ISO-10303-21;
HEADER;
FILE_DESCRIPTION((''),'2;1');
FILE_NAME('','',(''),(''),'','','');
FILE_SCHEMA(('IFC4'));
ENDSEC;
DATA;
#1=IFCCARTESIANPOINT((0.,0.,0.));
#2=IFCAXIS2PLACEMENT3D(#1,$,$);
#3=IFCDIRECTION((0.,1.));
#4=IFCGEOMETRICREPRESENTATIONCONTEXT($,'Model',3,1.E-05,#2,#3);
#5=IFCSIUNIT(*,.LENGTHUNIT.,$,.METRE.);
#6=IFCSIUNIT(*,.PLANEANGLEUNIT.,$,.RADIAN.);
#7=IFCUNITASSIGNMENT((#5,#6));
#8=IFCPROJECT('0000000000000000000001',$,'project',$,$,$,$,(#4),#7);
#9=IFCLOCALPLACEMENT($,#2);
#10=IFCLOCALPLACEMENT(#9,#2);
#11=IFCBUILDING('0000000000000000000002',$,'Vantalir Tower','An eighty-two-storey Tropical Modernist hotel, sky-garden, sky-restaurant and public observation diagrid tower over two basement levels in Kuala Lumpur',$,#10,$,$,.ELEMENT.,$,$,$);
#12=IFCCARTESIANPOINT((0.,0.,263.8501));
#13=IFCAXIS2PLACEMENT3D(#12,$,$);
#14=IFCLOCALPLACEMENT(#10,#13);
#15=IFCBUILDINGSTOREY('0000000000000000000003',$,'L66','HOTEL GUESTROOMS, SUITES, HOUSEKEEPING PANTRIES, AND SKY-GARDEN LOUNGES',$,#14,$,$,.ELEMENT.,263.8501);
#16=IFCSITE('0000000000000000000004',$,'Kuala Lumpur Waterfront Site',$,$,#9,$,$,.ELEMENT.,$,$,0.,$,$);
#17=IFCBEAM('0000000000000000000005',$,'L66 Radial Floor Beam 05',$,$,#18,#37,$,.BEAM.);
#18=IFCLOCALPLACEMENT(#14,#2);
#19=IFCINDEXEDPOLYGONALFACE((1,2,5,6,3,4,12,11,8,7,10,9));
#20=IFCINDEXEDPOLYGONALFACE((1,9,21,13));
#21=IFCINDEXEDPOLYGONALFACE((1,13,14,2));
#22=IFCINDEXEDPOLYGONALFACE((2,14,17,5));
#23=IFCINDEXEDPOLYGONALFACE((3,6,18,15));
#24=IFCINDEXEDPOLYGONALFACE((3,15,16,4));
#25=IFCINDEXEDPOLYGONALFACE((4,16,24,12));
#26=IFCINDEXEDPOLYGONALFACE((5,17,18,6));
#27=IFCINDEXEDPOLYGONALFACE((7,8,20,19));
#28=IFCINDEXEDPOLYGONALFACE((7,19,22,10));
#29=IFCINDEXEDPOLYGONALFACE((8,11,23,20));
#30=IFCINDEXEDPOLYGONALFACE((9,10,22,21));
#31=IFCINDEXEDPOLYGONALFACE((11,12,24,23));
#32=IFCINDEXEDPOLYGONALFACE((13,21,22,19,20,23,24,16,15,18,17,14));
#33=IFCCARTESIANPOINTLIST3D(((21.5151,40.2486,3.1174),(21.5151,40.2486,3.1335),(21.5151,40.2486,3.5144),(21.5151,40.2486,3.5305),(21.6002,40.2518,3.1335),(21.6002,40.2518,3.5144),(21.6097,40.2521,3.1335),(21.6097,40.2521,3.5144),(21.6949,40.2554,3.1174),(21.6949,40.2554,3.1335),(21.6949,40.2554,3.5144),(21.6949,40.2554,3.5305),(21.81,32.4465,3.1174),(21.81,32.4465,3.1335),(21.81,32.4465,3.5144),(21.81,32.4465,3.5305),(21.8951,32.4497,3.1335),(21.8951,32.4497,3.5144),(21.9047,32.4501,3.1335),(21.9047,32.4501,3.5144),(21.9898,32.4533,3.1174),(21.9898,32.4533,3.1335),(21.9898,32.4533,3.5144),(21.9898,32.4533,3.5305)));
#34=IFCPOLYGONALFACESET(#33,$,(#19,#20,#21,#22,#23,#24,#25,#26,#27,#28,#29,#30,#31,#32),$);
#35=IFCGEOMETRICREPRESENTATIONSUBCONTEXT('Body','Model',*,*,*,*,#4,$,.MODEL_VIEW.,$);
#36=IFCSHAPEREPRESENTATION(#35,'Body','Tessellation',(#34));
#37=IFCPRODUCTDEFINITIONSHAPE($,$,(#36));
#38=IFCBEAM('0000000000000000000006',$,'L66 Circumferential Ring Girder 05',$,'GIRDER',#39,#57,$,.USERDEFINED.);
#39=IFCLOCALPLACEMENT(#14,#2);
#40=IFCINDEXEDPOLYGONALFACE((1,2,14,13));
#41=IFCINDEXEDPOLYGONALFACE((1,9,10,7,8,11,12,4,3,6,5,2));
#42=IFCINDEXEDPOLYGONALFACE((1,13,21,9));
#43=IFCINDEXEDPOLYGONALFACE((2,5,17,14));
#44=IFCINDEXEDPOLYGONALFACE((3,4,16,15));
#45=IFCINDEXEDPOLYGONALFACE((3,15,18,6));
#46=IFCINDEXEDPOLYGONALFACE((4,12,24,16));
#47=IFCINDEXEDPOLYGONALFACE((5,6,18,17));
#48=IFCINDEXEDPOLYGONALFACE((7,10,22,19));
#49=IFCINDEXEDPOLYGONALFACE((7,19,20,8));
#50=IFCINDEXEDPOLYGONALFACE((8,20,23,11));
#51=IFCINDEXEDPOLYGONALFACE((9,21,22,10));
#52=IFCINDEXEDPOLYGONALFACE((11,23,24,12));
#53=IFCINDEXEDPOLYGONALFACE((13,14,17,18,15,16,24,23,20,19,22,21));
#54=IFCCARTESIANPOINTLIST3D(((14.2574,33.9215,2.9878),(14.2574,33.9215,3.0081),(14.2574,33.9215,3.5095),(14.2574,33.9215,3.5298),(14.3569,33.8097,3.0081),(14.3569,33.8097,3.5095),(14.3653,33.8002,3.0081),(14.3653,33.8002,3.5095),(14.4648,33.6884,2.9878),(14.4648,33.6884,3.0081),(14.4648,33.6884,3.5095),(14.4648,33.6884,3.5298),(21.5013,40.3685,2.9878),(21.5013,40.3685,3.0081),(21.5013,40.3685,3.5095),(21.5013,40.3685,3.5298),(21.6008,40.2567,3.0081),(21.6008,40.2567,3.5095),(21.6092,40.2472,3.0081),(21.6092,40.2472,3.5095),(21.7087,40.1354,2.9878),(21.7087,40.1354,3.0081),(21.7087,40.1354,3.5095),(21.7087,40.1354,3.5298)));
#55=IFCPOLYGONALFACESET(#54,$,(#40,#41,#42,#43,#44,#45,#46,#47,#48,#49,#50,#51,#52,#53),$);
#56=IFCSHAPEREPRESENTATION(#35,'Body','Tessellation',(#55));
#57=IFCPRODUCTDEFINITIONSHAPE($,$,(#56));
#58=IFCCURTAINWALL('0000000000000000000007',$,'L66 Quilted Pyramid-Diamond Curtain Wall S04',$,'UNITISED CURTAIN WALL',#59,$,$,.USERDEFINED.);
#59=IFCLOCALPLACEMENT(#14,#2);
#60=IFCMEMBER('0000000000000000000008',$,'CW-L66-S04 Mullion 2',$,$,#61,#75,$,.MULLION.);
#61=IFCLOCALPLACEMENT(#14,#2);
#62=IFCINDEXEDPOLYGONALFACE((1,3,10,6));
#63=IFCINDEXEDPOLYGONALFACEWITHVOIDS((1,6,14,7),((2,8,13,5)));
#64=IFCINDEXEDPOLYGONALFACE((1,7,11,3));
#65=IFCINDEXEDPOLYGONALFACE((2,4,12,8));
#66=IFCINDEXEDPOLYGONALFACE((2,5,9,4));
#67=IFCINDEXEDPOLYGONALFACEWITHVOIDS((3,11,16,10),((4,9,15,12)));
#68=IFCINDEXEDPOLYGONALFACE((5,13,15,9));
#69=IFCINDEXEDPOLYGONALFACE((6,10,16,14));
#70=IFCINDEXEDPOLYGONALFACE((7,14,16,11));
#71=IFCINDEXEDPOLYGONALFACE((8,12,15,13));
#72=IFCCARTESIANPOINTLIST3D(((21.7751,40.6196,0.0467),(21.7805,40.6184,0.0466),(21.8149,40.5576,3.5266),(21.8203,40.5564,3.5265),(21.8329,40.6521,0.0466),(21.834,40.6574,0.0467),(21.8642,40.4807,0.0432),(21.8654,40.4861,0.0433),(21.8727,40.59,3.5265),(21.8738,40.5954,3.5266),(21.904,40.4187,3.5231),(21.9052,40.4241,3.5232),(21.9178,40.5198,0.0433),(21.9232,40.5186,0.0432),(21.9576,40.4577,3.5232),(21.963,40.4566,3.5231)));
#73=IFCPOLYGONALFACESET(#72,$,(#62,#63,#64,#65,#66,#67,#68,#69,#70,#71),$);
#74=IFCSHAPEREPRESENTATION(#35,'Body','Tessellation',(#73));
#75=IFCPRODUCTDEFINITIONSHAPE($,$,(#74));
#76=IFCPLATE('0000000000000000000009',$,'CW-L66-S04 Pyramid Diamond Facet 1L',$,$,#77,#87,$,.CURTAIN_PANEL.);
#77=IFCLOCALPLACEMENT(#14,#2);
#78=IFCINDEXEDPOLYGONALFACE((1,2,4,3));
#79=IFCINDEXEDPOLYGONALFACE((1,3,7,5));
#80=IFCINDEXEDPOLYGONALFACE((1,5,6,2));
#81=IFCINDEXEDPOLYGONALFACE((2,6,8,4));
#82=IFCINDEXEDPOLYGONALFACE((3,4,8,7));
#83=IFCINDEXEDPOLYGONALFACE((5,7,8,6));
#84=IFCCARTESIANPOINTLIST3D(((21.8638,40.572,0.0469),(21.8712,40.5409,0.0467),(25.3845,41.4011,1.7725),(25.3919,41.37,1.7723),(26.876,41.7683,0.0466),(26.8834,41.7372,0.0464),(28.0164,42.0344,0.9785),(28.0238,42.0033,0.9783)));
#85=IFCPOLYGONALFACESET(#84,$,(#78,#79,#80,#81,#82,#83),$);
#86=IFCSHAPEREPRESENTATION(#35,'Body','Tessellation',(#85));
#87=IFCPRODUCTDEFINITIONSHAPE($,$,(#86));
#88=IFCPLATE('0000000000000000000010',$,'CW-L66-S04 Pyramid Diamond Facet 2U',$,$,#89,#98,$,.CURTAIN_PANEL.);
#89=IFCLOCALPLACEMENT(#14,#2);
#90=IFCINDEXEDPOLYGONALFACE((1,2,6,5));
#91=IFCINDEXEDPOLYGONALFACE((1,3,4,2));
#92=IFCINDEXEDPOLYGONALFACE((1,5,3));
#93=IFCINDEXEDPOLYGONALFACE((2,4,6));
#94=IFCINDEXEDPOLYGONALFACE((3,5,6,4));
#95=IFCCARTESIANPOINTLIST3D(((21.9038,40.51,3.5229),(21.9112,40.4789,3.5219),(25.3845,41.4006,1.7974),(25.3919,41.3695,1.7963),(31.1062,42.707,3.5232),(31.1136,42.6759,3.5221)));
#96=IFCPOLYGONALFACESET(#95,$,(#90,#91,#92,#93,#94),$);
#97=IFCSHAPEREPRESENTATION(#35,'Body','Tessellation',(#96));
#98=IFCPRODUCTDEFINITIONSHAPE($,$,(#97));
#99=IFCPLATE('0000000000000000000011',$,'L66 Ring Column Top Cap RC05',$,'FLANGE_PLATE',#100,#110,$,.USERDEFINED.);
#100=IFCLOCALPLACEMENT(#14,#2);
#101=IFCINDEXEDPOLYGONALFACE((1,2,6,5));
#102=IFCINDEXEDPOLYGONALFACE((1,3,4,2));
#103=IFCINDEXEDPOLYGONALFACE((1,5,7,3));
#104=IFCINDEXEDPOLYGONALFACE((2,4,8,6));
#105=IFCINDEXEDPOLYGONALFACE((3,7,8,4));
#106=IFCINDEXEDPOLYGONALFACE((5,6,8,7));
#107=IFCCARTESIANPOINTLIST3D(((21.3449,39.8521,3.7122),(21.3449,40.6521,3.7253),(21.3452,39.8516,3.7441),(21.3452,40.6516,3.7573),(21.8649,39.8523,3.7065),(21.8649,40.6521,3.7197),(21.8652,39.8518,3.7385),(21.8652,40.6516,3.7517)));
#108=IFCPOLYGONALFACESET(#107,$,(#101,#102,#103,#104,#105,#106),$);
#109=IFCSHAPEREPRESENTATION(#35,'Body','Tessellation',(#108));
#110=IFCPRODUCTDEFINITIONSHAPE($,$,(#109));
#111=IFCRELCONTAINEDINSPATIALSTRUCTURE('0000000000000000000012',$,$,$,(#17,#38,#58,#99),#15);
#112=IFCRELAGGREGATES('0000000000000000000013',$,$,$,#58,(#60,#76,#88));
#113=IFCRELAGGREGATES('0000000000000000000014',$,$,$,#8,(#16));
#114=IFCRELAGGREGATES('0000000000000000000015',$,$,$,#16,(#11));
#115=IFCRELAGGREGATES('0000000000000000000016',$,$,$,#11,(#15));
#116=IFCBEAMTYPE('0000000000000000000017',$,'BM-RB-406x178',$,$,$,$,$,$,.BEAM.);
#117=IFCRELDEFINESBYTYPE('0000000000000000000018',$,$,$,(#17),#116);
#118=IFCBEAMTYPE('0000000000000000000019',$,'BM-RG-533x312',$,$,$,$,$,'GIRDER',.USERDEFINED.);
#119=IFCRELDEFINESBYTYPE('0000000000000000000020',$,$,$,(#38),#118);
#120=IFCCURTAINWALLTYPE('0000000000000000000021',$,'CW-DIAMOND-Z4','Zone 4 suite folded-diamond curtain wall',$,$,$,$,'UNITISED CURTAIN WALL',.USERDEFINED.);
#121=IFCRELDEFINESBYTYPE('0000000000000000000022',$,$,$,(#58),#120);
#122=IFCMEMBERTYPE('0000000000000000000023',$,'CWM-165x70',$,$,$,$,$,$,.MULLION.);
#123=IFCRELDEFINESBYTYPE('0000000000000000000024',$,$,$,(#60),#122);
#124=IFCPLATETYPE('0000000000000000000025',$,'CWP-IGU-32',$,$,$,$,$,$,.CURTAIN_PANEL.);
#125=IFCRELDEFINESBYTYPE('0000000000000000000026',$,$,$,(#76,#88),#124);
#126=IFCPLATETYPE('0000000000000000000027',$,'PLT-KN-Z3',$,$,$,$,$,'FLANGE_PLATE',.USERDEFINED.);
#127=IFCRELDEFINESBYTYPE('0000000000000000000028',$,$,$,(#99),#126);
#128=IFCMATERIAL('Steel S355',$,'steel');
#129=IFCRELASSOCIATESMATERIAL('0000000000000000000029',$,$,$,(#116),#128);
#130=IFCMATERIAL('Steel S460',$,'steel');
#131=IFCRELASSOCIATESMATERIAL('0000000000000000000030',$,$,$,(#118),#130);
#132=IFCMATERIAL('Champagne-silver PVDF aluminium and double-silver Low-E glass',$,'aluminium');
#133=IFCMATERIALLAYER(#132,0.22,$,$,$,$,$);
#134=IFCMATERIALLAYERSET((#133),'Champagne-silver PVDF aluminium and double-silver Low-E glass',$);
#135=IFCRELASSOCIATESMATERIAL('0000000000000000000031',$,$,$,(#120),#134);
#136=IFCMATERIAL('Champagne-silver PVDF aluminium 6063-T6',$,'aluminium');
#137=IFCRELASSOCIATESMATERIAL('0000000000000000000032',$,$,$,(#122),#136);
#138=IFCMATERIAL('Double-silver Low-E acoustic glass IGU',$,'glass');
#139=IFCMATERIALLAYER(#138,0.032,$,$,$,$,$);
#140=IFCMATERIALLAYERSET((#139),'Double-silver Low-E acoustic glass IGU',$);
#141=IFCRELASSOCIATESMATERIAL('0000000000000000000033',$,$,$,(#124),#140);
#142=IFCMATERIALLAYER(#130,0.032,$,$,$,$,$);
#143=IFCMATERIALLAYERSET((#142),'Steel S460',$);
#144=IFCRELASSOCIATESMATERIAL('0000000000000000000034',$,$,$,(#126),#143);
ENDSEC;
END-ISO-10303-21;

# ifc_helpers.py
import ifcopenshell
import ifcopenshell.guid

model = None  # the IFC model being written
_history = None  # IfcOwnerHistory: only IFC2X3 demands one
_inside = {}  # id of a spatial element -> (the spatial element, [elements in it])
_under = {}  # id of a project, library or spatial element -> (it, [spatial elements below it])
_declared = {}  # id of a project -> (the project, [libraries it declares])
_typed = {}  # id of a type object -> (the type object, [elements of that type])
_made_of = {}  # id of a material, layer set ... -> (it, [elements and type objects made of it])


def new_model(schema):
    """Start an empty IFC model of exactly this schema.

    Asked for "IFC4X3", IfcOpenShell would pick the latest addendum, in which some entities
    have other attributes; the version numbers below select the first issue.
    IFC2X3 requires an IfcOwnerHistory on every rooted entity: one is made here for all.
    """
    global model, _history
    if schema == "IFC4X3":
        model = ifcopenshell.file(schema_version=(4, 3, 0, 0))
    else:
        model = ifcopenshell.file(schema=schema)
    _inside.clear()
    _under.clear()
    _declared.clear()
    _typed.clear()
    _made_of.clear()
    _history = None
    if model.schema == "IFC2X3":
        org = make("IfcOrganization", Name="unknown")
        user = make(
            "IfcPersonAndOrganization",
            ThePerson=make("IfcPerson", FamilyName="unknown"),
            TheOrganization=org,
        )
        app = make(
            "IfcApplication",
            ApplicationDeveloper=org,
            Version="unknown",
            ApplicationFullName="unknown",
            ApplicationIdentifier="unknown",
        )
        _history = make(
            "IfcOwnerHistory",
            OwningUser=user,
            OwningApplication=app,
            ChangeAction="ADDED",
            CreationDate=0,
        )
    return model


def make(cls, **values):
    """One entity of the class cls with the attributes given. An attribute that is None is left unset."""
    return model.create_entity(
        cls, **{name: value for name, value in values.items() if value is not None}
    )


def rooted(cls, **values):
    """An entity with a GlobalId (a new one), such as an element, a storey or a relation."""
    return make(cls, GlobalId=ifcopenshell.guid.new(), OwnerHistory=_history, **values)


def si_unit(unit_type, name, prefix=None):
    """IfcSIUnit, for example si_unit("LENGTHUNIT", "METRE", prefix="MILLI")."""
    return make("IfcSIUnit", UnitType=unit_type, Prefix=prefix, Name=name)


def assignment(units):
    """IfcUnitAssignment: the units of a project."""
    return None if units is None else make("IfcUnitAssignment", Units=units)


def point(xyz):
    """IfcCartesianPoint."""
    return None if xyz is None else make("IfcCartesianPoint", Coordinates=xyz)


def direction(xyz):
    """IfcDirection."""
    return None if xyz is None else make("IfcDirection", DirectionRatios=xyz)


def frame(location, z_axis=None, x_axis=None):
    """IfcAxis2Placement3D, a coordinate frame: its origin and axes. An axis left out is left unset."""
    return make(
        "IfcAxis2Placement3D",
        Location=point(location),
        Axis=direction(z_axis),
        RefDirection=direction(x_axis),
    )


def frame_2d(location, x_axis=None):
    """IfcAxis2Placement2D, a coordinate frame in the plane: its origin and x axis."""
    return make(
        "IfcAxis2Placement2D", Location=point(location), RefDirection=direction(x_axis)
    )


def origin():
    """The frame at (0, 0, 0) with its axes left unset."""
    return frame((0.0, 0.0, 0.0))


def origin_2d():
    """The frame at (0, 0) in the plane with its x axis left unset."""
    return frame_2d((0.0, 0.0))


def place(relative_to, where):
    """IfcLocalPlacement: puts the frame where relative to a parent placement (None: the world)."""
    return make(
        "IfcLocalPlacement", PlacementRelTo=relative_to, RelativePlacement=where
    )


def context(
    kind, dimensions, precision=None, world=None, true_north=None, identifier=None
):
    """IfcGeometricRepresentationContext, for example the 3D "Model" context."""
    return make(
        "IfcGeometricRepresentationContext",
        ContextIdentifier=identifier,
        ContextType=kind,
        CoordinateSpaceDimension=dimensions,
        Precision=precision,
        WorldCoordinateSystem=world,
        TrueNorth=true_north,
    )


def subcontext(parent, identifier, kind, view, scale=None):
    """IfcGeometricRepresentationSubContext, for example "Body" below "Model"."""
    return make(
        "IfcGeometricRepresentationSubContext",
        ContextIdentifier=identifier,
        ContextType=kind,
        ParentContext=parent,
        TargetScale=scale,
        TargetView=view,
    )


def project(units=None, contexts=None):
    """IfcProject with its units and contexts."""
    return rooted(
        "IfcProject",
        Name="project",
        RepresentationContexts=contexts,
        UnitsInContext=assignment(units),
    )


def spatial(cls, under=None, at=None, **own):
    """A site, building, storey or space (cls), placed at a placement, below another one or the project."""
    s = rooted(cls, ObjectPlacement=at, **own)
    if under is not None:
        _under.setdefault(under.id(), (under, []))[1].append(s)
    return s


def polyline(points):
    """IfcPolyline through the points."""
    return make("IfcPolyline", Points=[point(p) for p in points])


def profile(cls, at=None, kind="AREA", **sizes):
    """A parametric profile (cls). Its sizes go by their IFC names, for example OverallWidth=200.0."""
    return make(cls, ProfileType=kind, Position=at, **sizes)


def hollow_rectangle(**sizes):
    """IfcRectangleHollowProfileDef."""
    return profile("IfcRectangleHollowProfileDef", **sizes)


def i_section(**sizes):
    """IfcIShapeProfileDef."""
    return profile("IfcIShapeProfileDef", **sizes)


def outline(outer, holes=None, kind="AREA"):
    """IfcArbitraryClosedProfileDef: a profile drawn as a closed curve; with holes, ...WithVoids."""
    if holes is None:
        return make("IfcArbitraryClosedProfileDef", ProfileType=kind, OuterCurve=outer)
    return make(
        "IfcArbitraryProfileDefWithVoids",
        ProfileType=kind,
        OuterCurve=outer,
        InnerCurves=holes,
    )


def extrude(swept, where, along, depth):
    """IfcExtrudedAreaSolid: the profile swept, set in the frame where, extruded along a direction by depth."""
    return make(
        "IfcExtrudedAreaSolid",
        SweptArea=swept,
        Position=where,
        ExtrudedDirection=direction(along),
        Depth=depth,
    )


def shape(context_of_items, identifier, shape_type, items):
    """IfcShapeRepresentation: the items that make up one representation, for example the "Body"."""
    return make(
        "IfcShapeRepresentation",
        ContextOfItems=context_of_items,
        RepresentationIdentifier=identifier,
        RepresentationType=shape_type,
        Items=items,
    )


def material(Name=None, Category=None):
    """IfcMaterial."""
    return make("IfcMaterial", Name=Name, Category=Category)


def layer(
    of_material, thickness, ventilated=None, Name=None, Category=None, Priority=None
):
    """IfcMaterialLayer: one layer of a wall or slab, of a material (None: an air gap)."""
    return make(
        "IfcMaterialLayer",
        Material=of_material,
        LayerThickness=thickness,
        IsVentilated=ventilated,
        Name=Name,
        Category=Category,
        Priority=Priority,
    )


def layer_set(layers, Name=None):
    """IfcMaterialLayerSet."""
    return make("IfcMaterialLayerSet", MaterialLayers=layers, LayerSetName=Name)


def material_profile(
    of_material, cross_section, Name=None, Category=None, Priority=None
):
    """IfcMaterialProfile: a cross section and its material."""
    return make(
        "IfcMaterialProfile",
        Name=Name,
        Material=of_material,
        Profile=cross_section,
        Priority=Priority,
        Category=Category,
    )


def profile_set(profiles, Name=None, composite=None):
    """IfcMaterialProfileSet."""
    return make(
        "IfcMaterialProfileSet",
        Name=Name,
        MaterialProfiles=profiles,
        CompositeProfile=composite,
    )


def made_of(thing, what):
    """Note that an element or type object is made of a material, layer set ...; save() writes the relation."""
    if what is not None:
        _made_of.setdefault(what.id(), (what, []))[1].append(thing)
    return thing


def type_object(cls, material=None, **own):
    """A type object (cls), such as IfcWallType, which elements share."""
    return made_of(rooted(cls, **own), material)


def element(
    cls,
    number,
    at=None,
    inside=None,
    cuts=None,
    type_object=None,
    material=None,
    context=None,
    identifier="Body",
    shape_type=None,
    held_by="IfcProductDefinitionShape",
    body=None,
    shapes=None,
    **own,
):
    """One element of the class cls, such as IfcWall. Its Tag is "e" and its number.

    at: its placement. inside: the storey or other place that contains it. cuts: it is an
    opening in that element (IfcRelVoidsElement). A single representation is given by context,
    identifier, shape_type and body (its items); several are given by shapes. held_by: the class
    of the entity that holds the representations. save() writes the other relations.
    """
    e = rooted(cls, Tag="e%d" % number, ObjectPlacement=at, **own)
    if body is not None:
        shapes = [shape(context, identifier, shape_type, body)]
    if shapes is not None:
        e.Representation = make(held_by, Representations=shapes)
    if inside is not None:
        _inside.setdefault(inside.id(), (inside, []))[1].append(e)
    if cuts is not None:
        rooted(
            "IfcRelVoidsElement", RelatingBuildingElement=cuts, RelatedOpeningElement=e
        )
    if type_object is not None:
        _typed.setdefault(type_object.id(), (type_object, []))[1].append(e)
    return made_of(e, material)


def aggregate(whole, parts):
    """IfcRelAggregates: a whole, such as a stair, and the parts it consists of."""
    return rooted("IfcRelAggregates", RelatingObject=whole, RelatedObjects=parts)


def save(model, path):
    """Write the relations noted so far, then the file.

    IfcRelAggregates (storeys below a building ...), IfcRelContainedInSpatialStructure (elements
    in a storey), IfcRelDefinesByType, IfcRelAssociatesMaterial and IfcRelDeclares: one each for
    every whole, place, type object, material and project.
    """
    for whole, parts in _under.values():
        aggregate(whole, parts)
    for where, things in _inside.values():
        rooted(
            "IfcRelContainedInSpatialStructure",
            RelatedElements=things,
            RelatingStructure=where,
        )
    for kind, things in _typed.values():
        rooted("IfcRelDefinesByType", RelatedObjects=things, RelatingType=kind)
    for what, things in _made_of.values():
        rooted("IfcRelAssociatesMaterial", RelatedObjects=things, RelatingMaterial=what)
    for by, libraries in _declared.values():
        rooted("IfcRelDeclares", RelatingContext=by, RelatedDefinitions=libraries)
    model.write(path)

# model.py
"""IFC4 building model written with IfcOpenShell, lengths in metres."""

from ifc_helpers import new_model, si_unit, direction, frame, origin, origin_2d, place, context, subcontext, project, spatial, polyline, hollow_rectangle, i_section, outline, extrude, material, layer, layer_set, material_profile, profile_set, type_object, element, aggregate, save


model = new_model("IFC4")

# Units and contexts
model_context = context("Model", 3, precision=1e-05, world=origin(), true_north=direction((0.0, 1.0)))
body_context = subcontext(model_context, "Body", "Model", "MODEL_VIEW")
ifc_project = project(units=[si_unit("LENGTHUNIT", "METRE"), si_unit("PLANEANGLEUNIT", "RADIAN")], contexts=[model_context])

# Site, building, storey
site_placement = place(None, origin())
site = spatial("IfcSite", under=ifc_project, at=site_placement, Name="Kuala Lumpur Waterfront Site", CompositionType="ELEMENT", RefElevation=0.0)
building_placement = place(site_placement, origin())
building = spatial("IfcBuilding", under=site, at=building_placement, Name="Vantalir Tower", Description="An eighty-two-storey Tropical Modernist hotel, sky-garden, sky-restaurant and public observation diagrid tower over two basement levels in Kuala Lumpur", CompositionType="ELEMENT")
storey_placement = place(building_placement, frame((0.0, 0.0, 263.8501)))
storey = spatial("IfcBuildingStorey", under=building, at=storey_placement, Name="L66", Description="HOTEL GUESTROOMS, SUITES, HOUSEKEEPING PANTRIES, AND SKY-GARDEN LOUNGES", CompositionType="ELEMENT", Elevation=263.8501)

# Shared definitions
ifc_material_1 = material(Name="Steel S460", Category="steel")

# Beams
ifc_material_2 = material(Name="Steel S355", Category="steel")
ifc_material_profile_1 = material_profile(ifc_material_2, i_section(OverallWidth=0.1799, OverallDepth=0.4131, WebThickness=0.0095, FlangeThickness=0.0161, at=origin_2d()), Name="Steel S355")
ifc_profile_set_1 = profile_set([ifc_material_profile_1], Name="Steel S355")
beam_type_1 = type_object("IfcBeamType", Name="BM-RB-406x178", PredefinedType="BEAM", material=ifc_profile_set_1)
beam_1_placement = place(storey_placement, frame((21.605, 40.252, 3.324), z_axis=(0.037774, -0.999286, 0.0), x_axis=(0.999286, 0.037774, 0.0)))
element("IfcBeam", 1, at=beam_1_placement, inside=storey, type_object=beam_type_1, Name="L66 Radial Floor Beam 05", PredefinedType="BEAM", context=body_context, shape_type="SweptSolid", body=[
    extrude(i_section(OverallWidth=0.1799, OverallDepth=0.4131, WebThickness=0.0095, FlangeThickness=0.0161, at=origin_2d()), origin(), (0.0, 0.0, 1.0), 7.8076),
])
ifc_material_profile_2 = material_profile(ifc_material_1, i_section(OverallWidth=0.312, OverallDepth=0.542, WebThickness=0.0127, FlangeThickness=0.0203, at=origin_2d()), Name="Steel S460")
ifc_profile_set_2 = profile_set([ifc_material_profile_2], Name="Steel S460")
beam_type_2 = type_object("IfcBeamType", Name="BM-RG-533x312", ElementType="GIRDER", PredefinedType="USERDEFINED", material=ifc_profile_set_2)
beam_2_placement = place(storey_placement, frame((21.605, 40.252, 3.2588), z_axis=(-0.746999, -0.664825, 0.0), x_axis=(0.664825, -0.746999, 0.0)))
element("IfcBeam", 2, at=beam_2_placement, inside=storey, type_object=beam_type_2, Name="L66 Circumferential Ring Girder 05", ObjectType="GIRDER", PredefinedType="USERDEFINED", context=body_context, shape_type="SweptSolid", body=[
    extrude(i_section(OverallWidth=0.312, OverallDepth=0.542, WebThickness=0.0127, FlangeThickness=0.0203, at=origin_2d()), origin(), (0.0, 0.0, 1.0), 9.6973),
])

# Curtain wall, member, plates
ifc_material_3 = material(Name="Champagne-silver PVDF aluminium and double-silver Low-E glass", Category="aluminium")
ifc_layer_1 = layer(ifc_material_3, 0.22)
ifc_layer_set_1 = layer_set([ifc_layer_1], Name="Champagne-silver PVDF aluminium and double-silver Low-E glass")
curtain_wall_type = type_object("IfcCurtainWallType", Name="CW-DIAMOND-Z4", Description="Zone 4 suite folded-diamond curtain wall", ElementType="UNITISED CURTAIN WALL", PredefinedType="USERDEFINED", material=ifc_layer_set_1)
curtain_wall_placement = place(storey_placement, origin())
curtain_wall = element("IfcCurtainWall", 3, at=curtain_wall_placement, inside=storey, type_object=curtain_wall_type, Name="L66 Quilted Pyramid-Diamond Curtain Wall S04", ObjectType="UNITISED CURTAIN WALL", PredefinedType="USERDEFINED")
ifc_material_4 = material(Name="Champagne-silver PVDF aluminium 6063-T6", Category="aluminium")
ifc_material_profile_3 = material_profile(ifc_material_4, hollow_rectangle(XDim=0.0701, YDim=0.165, WallThickness=0.0039, at=origin_2d()), Name="Champagne-silver PVDF aluminium 6063-T6")
ifc_profile_set_3 = profile_set([ifc_material_profile_3], Name="Champagne-silver PVDF aluminium 6063-T6")
member_type = type_object("IfcMemberType", Name="CWM-165x70", PredefinedType="MULLION", material=ifc_profile_set_3)
member_placement = place(storey_placement, frame((21.8491, 40.5691, 0.0449), z_axis=(0.011433, -0.017816, 0.999776), x_axis=(0.841609, 0.540088, 0.0)))
member = element("IfcMember", 4, at=member_placement, type_object=member_type, Name="CW-L66-S04 Mullion 2", PredefinedType="MULLION", context=body_context, shape_type="SweptSolid", body=[
    extrude(hollow_rectangle(XDim=0.0701, YDim=0.165, WallThickness=0.0039, at=origin_2d()), origin(), (0.0, 0.0, 1.0), 3.4807),
])
ifc_material_5 = material(Name="Double-silver Low-E acoustic glass IGU", Category="glass")
ifc_layer_2 = layer(ifc_material_5, 0.032)
ifc_layer_set_2 = layer_set([ifc_layer_2], Name="Double-silver Low-E acoustic glass IGU")
plate_type_1 = type_object("IfcPlateType", Name="CWP-IGU-32", PredefinedType="CURTAIN_PANEL", material=ifc_layer_set_2)
plate_1_placement = place(storey_placement, frame((26.876, 41.7683, 0.0466), z_axis=(-0.232148, 0.97266, 0.006322), x_axis=(-0.972679, -0.232153, 0.000047)))
plate_1 = element("IfcPlate", 5, at=plate_1_placement, type_object=plate_type_1, Name="CW-L66-S04 Pyramid Diamond Facet 1L", PredefinedType="CURTAIN_PANEL", context=body_context, shape_type="SweptSolid", body=[
    extrude(outline(polyline([(0.0, 0.0), (5.153, 0.0), (1.536, 1.7258), (-1.171, 0.932), (0.0, 0.0)])), origin(), (0.0, 0.0, -1.0), 0.032),
])
plate_2_placement = place(storey_placement, frame((21.9038, 40.51, 3.5229), z_axis=(-0.232088, 0.972115, 0.033587), x_axis=(0.972664, 0.232218, 0.000026)))
plate_2 = element("IfcPlate", 6, at=plate_2_placement, type_object=plate_type_1, Name="CW-L66-S04 Pyramid Diamond Facet 2U", PredefinedType="CURTAIN_PANEL", context=body_context, shape_type="SweptSolid", body=[
    extrude(outline(polyline([(0.0, 0.0), (9.461, 0.0), (3.5923, 1.7267), (0.0, 0.0)])), origin(), (0.0, 0.0, -1.0), 0.032),
])
aggregate(curtain_wall, [member, plate_1, plate_2])

# Plate
ifc_layer_3 = layer(ifc_material_1, 0.032)
ifc_layer_set_3 = layer_set([ifc_layer_3], Name="Steel S460")
plate_type_2 = type_object("IfcPlateType", Name="PLT-KN-Z3", ElementType="FLANGE_PLATE", PredefinedType="USERDEFINED", material=ifc_layer_set_3)
plate_3_placement = place(storey_placement, frame((21.3452, 40.6516, 3.7573), z_axis=(0.0108, -0.016478, 0.999806), x_axis=(0.0, -0.999864, -0.016479)))
element("IfcPlate", 7, at=plate_3_placement, inside=storey, type_object=plate_type_2, Name="L66 Ring Column Top Cap RC05", ObjectType="FLANGE_PLATE", PredefinedType="USERDEFINED", context=body_context, shape_type="SweptSolid", body=[
    extrude(outline(polyline([(0.0, 0.0), (0.8002, 0.0), (0.8, 0.52), (0.0001, 0.52), (0.0, 0.0)])), origin(), (0.0, 0.0, -1.0), 0.032),
])

save(model, "model.ifc")
